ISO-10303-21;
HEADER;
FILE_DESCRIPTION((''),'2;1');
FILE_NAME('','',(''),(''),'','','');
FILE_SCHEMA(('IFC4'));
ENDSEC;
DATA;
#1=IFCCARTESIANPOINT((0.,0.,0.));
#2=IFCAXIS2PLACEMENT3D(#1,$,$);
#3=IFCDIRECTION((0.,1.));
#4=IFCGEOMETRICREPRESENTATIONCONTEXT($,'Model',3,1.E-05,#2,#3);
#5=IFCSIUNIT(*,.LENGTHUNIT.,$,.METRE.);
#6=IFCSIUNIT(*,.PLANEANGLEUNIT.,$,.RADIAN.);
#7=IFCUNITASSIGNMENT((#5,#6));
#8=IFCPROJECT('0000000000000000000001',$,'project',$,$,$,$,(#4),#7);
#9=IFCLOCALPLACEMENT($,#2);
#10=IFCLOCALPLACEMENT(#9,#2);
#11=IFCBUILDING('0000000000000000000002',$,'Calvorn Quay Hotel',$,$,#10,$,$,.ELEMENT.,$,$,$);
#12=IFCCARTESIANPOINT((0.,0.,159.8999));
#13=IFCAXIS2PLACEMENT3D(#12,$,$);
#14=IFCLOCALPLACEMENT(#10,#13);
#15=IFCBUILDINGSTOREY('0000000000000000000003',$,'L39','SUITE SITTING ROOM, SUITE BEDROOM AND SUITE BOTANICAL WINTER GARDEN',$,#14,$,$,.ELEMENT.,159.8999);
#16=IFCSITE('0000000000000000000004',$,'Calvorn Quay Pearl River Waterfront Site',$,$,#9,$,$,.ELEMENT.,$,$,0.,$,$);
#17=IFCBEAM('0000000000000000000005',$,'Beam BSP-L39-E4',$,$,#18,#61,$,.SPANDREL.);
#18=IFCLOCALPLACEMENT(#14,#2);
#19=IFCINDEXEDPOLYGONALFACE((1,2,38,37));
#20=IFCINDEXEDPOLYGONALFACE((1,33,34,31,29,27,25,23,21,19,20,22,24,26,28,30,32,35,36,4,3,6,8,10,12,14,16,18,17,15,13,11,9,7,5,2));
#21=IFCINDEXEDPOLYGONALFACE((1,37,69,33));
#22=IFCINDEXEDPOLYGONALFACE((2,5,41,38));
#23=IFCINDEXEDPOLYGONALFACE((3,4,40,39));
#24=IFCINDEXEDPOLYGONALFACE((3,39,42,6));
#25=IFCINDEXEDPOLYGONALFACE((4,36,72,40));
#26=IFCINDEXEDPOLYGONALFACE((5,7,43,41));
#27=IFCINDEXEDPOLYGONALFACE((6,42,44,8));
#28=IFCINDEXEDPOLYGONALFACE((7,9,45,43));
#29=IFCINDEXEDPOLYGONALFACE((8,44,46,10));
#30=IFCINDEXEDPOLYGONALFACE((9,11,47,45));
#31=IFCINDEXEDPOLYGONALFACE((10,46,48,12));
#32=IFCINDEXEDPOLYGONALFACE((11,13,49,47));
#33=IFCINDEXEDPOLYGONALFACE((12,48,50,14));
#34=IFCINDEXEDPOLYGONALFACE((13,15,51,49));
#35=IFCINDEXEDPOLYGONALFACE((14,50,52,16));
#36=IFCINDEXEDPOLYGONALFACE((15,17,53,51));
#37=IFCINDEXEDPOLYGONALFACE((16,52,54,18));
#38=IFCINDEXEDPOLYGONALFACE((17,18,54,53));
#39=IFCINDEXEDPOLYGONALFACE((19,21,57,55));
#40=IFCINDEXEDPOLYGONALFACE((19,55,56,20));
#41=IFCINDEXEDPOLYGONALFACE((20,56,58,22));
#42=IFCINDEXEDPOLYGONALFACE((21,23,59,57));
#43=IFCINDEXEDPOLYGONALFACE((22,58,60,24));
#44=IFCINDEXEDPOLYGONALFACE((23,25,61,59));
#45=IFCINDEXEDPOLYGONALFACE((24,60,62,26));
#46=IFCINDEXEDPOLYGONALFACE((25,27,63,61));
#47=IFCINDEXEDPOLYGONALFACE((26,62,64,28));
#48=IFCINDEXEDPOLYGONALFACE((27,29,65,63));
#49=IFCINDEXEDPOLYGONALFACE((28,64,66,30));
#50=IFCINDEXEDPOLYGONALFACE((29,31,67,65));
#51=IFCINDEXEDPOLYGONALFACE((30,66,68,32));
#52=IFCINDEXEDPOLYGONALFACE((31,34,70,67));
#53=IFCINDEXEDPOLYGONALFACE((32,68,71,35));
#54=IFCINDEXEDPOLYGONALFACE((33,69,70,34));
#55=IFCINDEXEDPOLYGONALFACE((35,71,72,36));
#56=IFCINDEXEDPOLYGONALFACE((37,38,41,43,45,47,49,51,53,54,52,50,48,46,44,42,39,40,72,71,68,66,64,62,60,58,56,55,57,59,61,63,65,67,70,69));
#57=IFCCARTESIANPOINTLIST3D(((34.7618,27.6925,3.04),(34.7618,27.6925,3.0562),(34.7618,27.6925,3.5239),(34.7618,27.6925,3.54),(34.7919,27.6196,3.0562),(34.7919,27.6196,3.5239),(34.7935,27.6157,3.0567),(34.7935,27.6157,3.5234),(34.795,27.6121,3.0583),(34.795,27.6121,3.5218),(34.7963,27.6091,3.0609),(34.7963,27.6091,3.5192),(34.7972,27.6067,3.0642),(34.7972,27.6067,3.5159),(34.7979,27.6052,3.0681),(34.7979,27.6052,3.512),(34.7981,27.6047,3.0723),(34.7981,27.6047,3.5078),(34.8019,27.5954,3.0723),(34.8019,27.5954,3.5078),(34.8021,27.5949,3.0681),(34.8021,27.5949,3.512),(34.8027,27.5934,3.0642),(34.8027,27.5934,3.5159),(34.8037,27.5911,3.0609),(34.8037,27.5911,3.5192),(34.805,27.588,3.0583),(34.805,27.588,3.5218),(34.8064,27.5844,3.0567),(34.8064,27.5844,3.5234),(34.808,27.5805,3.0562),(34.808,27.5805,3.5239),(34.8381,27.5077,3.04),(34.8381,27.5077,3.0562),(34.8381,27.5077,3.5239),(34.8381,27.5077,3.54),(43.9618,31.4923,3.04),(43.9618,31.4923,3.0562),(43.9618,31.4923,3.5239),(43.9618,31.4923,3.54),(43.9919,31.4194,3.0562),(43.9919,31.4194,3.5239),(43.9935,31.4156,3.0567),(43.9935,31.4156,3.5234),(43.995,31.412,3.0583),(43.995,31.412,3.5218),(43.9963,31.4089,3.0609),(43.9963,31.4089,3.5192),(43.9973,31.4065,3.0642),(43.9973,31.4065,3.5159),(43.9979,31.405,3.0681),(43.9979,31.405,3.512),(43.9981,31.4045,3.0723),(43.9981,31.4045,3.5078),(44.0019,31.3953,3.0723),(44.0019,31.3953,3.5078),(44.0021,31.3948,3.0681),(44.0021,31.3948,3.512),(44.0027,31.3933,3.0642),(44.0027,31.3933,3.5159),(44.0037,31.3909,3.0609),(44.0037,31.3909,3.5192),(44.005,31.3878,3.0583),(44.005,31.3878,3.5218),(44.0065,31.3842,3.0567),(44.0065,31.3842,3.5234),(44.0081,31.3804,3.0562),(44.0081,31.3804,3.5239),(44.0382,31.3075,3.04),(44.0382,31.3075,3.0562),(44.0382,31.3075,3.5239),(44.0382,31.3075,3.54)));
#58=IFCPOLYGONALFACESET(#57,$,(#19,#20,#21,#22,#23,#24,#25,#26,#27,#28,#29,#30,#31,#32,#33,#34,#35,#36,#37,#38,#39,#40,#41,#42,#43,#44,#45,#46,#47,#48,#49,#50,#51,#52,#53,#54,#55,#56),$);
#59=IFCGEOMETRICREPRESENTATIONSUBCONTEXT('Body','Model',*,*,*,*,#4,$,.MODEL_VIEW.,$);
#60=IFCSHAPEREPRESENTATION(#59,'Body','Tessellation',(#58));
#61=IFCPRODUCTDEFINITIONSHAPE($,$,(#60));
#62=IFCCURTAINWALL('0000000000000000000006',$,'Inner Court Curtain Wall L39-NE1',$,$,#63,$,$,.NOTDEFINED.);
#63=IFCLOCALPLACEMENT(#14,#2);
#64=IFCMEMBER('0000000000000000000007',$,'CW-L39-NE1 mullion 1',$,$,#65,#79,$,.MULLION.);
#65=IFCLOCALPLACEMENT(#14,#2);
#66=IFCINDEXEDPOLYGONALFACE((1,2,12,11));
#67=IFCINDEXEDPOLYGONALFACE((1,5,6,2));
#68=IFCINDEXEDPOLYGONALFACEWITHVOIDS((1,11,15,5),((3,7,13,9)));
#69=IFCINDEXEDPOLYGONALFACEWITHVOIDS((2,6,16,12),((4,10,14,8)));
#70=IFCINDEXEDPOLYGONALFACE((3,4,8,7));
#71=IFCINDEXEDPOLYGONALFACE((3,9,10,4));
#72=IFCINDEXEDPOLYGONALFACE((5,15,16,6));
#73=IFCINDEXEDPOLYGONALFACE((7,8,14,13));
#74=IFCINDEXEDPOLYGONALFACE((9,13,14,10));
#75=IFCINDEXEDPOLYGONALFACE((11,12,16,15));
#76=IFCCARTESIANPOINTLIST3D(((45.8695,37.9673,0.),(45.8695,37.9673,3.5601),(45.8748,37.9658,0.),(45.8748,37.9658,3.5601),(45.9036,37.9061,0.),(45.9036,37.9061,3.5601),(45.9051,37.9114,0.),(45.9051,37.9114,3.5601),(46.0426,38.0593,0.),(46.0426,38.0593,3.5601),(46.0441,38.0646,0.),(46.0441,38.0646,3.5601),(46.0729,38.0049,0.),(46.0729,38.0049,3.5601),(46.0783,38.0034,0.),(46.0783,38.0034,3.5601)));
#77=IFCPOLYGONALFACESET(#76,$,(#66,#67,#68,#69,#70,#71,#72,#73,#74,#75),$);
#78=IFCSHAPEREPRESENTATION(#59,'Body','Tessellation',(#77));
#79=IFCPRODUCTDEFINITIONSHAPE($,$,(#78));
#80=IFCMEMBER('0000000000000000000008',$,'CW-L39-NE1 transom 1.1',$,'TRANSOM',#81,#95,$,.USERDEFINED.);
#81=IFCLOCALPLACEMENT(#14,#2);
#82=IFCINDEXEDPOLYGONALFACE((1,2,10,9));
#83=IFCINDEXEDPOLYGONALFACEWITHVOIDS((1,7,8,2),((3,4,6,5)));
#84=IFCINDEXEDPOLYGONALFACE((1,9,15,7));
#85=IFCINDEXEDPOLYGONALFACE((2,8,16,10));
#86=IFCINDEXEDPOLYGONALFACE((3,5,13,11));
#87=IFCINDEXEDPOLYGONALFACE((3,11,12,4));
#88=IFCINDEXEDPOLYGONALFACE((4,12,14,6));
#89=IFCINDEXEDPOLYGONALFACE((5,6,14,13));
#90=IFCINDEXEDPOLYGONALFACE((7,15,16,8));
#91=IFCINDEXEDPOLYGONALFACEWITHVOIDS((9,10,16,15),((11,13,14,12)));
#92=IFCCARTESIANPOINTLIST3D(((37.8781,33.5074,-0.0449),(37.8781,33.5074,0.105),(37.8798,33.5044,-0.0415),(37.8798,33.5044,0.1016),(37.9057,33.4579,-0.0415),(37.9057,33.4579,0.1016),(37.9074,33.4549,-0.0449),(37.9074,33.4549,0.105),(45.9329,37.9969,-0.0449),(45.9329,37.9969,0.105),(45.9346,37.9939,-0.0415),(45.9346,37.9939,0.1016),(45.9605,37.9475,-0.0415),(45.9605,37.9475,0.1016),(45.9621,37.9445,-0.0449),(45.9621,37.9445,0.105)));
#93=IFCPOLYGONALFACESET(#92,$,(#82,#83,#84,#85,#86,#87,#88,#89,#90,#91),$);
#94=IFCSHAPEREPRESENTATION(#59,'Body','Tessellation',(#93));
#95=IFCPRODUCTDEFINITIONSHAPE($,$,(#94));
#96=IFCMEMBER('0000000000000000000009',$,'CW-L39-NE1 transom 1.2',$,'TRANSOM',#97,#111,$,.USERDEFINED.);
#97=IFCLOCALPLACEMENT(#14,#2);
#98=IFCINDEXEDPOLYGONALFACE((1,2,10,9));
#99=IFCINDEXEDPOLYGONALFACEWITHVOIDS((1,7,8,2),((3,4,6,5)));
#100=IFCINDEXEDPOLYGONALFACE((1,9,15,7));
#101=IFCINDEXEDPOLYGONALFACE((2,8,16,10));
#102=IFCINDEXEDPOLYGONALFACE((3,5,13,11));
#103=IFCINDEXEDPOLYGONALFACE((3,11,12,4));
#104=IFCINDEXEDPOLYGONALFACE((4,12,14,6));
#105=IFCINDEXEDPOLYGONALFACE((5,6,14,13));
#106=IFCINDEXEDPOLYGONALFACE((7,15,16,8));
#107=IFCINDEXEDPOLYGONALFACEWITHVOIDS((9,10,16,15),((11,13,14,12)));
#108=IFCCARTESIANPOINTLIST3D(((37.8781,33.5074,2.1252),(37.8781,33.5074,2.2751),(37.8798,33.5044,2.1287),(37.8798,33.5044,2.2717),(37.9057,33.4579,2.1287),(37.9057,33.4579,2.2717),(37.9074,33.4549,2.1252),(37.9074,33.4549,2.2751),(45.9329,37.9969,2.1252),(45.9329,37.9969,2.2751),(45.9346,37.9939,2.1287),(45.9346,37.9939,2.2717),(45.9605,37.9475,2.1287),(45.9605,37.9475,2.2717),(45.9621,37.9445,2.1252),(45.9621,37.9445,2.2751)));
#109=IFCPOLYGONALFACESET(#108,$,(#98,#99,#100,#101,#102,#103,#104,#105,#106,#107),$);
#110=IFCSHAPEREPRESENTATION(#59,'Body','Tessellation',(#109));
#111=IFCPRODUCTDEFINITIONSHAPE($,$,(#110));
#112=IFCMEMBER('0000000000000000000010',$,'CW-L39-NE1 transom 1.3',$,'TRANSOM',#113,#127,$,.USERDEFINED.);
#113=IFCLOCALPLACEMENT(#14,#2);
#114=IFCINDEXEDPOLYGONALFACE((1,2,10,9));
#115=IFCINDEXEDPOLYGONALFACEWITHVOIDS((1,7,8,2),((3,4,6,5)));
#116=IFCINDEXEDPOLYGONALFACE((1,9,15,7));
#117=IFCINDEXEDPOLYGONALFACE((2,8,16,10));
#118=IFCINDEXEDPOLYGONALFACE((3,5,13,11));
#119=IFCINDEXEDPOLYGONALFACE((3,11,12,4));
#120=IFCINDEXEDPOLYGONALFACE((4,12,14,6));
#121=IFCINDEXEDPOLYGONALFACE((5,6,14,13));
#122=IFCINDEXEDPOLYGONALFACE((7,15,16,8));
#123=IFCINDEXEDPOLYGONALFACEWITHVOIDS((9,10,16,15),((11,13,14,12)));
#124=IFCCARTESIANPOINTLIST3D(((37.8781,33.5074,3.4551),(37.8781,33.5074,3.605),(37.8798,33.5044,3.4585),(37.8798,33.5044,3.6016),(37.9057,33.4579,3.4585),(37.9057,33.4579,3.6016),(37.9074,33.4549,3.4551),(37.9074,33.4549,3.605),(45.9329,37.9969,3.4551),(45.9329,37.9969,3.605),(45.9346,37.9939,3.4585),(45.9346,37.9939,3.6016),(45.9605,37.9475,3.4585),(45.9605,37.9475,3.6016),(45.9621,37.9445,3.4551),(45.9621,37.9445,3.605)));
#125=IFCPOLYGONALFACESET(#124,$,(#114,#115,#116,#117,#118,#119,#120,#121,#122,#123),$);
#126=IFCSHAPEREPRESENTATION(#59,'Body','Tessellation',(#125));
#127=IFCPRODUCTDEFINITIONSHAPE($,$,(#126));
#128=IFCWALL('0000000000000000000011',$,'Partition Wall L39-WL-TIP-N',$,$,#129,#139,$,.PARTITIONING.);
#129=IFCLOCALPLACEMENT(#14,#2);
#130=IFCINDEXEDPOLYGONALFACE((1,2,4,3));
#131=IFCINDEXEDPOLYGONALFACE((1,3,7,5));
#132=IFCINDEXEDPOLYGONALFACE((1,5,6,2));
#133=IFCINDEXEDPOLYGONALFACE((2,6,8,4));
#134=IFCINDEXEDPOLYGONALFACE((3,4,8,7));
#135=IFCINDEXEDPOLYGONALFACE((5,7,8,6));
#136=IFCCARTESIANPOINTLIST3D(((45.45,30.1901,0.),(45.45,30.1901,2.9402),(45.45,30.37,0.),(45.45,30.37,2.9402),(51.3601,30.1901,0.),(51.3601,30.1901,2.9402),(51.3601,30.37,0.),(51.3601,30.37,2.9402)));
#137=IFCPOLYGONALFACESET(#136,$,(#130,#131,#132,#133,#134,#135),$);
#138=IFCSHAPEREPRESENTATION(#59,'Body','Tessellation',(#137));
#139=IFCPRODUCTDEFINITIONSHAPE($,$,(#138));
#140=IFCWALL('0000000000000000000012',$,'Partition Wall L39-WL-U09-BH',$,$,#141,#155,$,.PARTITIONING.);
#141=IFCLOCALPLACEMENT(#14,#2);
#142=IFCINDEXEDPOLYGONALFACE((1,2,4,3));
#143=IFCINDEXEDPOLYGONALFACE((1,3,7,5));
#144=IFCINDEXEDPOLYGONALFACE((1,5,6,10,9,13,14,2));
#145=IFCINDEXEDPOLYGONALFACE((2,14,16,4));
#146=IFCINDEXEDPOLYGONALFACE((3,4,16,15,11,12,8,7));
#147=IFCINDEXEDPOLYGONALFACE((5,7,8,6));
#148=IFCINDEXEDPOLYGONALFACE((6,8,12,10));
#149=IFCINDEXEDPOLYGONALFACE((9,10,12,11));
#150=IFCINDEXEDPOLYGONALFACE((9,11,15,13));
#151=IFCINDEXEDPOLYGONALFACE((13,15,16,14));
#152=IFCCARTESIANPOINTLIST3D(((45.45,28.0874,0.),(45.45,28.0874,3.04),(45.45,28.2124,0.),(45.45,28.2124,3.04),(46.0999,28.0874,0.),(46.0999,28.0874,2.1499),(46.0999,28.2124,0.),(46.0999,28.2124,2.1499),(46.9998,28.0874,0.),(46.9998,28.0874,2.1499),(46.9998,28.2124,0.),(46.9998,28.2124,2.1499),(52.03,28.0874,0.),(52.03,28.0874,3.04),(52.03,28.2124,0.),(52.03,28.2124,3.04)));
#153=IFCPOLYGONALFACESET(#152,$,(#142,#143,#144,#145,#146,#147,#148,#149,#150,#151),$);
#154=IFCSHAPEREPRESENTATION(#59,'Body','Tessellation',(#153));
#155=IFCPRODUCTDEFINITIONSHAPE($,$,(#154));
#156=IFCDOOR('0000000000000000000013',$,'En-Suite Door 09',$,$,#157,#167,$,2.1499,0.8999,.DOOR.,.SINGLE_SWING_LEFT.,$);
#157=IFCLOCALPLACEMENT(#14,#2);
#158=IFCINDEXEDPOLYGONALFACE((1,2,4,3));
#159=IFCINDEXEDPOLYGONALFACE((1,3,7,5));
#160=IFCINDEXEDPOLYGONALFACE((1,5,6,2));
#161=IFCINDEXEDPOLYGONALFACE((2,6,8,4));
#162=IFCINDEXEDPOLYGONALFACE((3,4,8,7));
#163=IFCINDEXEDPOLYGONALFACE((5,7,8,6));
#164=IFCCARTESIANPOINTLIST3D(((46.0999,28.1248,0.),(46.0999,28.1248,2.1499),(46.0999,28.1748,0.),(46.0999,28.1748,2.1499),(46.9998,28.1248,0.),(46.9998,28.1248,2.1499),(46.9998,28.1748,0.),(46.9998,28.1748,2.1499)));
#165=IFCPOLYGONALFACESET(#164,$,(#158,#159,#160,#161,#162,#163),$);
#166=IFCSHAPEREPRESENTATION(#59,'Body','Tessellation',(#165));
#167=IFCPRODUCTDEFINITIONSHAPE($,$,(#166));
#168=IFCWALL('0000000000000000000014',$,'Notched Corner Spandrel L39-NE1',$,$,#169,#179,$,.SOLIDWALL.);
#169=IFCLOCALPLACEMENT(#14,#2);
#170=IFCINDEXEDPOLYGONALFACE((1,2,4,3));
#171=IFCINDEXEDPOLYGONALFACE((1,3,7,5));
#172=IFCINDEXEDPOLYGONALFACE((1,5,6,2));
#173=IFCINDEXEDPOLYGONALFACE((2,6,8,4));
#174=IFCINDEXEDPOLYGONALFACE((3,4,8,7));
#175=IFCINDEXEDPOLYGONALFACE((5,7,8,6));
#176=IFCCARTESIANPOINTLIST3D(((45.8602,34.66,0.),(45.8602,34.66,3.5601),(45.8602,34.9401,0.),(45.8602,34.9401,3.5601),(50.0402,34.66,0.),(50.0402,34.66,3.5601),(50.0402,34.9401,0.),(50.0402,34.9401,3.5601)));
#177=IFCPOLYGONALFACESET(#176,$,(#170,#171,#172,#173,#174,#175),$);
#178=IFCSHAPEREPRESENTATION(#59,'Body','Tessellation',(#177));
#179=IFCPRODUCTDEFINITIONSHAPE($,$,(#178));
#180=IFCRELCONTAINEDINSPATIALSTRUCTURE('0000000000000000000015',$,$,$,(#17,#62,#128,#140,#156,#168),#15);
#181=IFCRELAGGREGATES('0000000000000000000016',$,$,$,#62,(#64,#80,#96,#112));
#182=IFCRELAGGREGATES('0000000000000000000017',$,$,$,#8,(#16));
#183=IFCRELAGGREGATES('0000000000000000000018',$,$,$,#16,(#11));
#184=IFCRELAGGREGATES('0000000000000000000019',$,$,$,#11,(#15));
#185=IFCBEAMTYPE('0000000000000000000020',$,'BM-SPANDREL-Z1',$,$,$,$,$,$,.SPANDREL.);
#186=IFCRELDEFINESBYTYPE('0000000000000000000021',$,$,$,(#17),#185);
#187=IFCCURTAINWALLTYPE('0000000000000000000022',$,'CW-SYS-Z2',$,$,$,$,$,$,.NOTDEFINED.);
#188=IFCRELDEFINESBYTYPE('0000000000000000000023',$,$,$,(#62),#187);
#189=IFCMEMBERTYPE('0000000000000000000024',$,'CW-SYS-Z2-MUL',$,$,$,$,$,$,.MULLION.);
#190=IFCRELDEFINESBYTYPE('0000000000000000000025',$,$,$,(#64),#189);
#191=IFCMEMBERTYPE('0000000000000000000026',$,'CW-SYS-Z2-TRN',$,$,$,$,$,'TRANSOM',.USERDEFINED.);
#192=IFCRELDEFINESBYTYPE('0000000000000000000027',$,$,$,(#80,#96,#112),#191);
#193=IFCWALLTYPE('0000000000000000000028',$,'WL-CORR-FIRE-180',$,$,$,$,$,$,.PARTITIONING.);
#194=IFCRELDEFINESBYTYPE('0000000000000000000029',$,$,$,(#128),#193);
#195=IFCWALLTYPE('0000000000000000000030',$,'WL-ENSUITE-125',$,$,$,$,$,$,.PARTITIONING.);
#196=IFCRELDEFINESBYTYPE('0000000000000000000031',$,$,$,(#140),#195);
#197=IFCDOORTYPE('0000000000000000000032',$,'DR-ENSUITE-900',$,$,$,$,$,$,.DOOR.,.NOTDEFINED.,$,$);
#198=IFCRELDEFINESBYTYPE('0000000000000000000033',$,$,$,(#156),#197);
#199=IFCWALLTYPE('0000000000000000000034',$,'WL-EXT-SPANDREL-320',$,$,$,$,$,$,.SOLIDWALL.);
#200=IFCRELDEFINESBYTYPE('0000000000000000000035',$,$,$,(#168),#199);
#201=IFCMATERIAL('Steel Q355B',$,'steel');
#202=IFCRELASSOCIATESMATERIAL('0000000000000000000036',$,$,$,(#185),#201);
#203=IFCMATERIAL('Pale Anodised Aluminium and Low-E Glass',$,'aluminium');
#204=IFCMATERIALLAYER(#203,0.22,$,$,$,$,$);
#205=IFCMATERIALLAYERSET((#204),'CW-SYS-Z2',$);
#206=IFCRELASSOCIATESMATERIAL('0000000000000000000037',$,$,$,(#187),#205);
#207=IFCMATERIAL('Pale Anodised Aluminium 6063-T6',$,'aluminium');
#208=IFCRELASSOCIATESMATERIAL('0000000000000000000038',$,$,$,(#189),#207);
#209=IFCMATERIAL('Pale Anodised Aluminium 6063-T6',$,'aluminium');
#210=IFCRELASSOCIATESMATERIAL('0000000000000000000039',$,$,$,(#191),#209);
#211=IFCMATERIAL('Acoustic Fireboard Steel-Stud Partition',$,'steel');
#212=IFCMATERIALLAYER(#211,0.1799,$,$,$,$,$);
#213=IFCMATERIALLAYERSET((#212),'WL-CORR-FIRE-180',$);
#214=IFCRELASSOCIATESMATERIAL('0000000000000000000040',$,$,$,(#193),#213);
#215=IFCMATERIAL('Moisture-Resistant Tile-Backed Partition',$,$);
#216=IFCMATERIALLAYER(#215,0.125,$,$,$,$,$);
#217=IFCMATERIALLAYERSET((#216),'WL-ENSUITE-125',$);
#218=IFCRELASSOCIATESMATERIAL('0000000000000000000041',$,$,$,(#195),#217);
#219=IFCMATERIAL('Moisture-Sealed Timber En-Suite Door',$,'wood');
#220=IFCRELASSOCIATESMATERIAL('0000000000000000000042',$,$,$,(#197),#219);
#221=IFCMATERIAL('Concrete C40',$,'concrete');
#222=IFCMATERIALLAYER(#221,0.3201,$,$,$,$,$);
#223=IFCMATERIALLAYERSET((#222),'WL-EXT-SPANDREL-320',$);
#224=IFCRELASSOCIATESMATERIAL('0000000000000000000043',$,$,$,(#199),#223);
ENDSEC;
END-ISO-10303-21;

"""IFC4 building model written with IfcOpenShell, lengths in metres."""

from ifc_helpers import new_model, si_unit, direction, frame, frame_2d, origin, origin_2d, place, context, subcontext, project, spatial, rectangle, hollow_rectangle, i_section, extrude, material, layer, layer_set, material_profile, profile_set, type_object, element, fill, aggregate, save


model = new_model("IFC4")

# Units and contexts
model_context = context("Model", 3, precision=1e-05, world=origin(), true_north=direction((0.0, 1.0)))
body_context = subcontext(model_context, "Body", "Model", "MODEL_VIEW")
ifc_project = project(units=[si_unit("LENGTHUNIT", "METRE"), si_unit("PLANEANGLEUNIT", "RADIAN")], contexts=[model_context])

# Site, building, storey
site_placement = place(None, origin())
site = spatial("IfcSite", under=ifc_project, at=site_placement, Name="Calvorn Quay Pearl River Waterfront Site", CompositionType="ELEMENT", RefElevation=0.0)
building_placement = place(site_placement, origin())
building = spatial("IfcBuilding", under=site, at=building_placement, Name="Calvorn Quay Hotel", CompositionType="ELEMENT")
storey_placement = place(building_placement, frame((0.0, 0.0, 159.8999)))
storey = spatial("IfcBuildingStorey", under=building, at=storey_placement, Name="L39", Description="SUITE SITTING ROOM, SUITE BEDROOM AND SUITE BOTANICAL WINTER GARDEN", CompositionType="ELEMENT", Elevation=159.8999)

# Beam
ifc_material_1 = material(Name="Steel Q355B", Category="steel")
ifc_material_profile_1 = material_profile(ifc_material_1, i_section(OverallWidth=0.2, OverallDepth=0.5, WebThickness=0.01, FlangeThickness=0.0161, FilletRadius=0.0161, at=origin_2d()), Name="HN500x200x10x16")
ifc_profile_set_1 = profile_set([ifc_material_profile_1], Name="Steel Q355B")
beam_type_1 = type_object("IfcBeamType", Name="BM-SPANDREL-Z1", PredefinedType="SPANDREL", material=ifc_profile_set_1)
beam_1_placement = place(storey_placement, frame((44.0, 31.3999, 3.29), z_axis=(-0.924268, -0.381745, 0.0), x_axis=(0.381745, -0.924268, 0.0)))
element("IfcBeam", 1, at=beam_1_placement, inside=storey, type_object=beam_type_1, Name="Beam BSP-L39-E4", PredefinedType="SPANDREL", context=body_context, shape_type="SweptSolid", body=[
    extrude(i_section(OverallWidth=0.2, OverallDepth=0.5, WebThickness=0.01, FlangeThickness=0.0161, FilletRadius=0.0161, at=origin_2d()), origin(), (0.0, 0.0, 1.0), 9.9539),
])

# Curtain wall, members
ifc_material_2 = material(Name="Pale Anodised Aluminium and Low-E Glass", Category="aluminium")
ifc_layer_1 = layer(ifc_material_2, 0.22)
ifc_layer_set_1 = layer_set([ifc_layer_1], Name="CW-SYS-Z2")
curtain_wall_type = type_object("IfcCurtainWallType", Name="CW-SYS-Z2", PredefinedType="NOTDEFINED", material=ifc_layer_set_1)
curtain_wall_placement = place(storey_placement, origin())
curtain_wall = element("IfcCurtainWall", 2, at=curtain_wall_placement, inside=storey, type_object=curtain_wall_type, Name="Inner Court Curtain Wall L39-NE1", PredefinedType="NOTDEFINED")
ifc_material_3 = material(Name="Pale Anodised Aluminium 6063-T6", Category="aluminium")
ifc_material_profile_2 = material_profile(ifc_material_3, hollow_rectangle(XDim=0.0701, YDim=0.2, WallThickness=0.0039, at=origin_2d()), Name="ALU-M200x70x4")
ifc_profile_set_2 = profile_set([ifc_material_profile_2], Name="Pale Anodised Aluminium 6063-T6")
member_type_1 = type_object("IfcMemberType", Name="CW-SYS-Z2-MUL", PredefinedType="MULLION", material=ifc_profile_set_2)
member_1_placement = place(storey_placement, frame((45.9739, 37.9854, 0.0), z_axis=(0.0, 0.0, 1.0), x_axis=(0.486858, -0.873481, 0.0)))
member_1 = element("IfcMember", 3, at=member_1_placement, type_object=member_type_1, Name="CW-L39-NE1 mullion 1", PredefinedType="MULLION", context=body_context, shape_type="SweptSolid", body=[
    extrude(hollow_rectangle(XDim=0.0701, YDim=0.2, WallThickness=0.0039, at=origin_2d()), origin(), (0.0, 0.0, 1.0), 3.5601),
])
ifc_material_4 = material(Name="Pale Anodised Aluminium 6063-T6", Category="aluminium")
ifc_material_profile_3 = material_profile(ifc_material_4, hollow_rectangle(XDim=0.0601, YDim=0.1499, WallThickness=0.0034, at=origin_2d()), Name="ALU-T150x60x3.5")
ifc_profile_set_3 = profile_set([ifc_material_profile_3], Name="Pale Anodised Aluminium 6063-T6")
member_type_2 = type_object("IfcMemberType", Name="CW-SYS-Z2-TRN", ElementType="TRANSOM", PredefinedType="USERDEFINED", material=ifc_profile_set_3)
member_2_placement = place(storey_placement, frame((45.9475, 37.9707, 0.03), z_axis=(-0.873481, -0.486859, 0.0), x_axis=(0.486859, -0.873481, 0.0)))
member_2 = element("IfcMember", 4, at=member_2_placement, type_object=member_type_2, Name="CW-L39-NE1 transom 1.1", ObjectType="TRANSOM", PredefinedType="USERDEFINED", context=body_context, shape_type="SweptSolid", body=[
    extrude(hollow_rectangle(XDim=0.0601, YDim=0.1499, WallThickness=0.0034, at=origin_2d()), origin(), (0.0, 0.0, 1.0), 9.2214),
])
member_3_placement = place(storey_placement, frame((45.9475, 37.9707, 2.2002), z_axis=(-0.873481, -0.486859, 0.0), x_axis=(0.486859, -0.873481, 0.0)))
member_3 = element("IfcMember", 5, at=member_3_placement, type_object=member_type_2, Name="CW-L39-NE1 transom 1.2", ObjectType="TRANSOM", PredefinedType="USERDEFINED", context=body_context, shape_type="SweptSolid", body=[
    extrude(hollow_rectangle(XDim=0.0601, YDim=0.1499, WallThickness=0.0034, at=origin_2d()), origin(), (0.0, 0.0, 1.0), 9.2214),
])
member_4_placement = place(storey_placement, frame((45.9475, 37.9707, 3.53), z_axis=(-0.873481, -0.486859, 0.0), x_axis=(0.486859, -0.873481, 0.0)))
member_4 = element("IfcMember", 6, at=member_4_placement, type_object=member_type_2, Name="CW-L39-NE1 transom 1.3", ObjectType="TRANSOM", PredefinedType="USERDEFINED", context=body_context, shape_type="SweptSolid", body=[
    extrude(hollow_rectangle(XDim=0.0601, YDim=0.1499, WallThickness=0.0034, at=origin_2d()), origin(), (0.0, 0.0, 1.0), 9.2214),
])
aggregate(curtain_wall, [member_1, member_2, member_3, member_4])

# Wall
ifc_material_5 = material(Name="Acoustic Fireboard Steel-Stud Partition", Category="steel")
ifc_layer_2 = layer(ifc_material_5, 0.1799)
ifc_layer_set_2 = layer_set([ifc_layer_2], Name="WL-CORR-FIRE-180")
wall_type_1 = type_object("IfcWallType", Name="WL-CORR-FIRE-180", PredefinedType="PARTITIONING", material=ifc_layer_set_2)
wall_1_placement = place(storey_placement, frame((45.45, 30.28, 0.0), z_axis=(0.0, 0.0, 1.0), x_axis=(1.0, 0.0, 0.0)))
element("IfcWall", 7, at=wall_1_placement, inside=storey, type_object=wall_type_1, Name="Partition Wall L39-WL-TIP-N", PredefinedType="PARTITIONING", context=body_context, shape_type="SweptSolid", body=[
    extrude(rectangle(XDim=5.9102, YDim=0.1799, at=frame_2d((2.9551, 0.0))), origin(), (0.0, 0.0, 1.0), 2.9402),
])

# Wall, opening, door
ifc_material_6 = material(Name="Moisture-Resistant Tile-Backed Partition")
ifc_layer_3 = layer(ifc_material_6, 0.125)
ifc_layer_set_3 = layer_set([ifc_layer_3], Name="WL-ENSUITE-125")
wall_type_2 = type_object("IfcWallType", Name="WL-ENSUITE-125", PredefinedType="PARTITIONING", material=ifc_layer_set_3)
wall_2_placement = place(storey_placement, frame((45.45, 28.1499, 0.0), z_axis=(0.0, 0.0, 1.0), x_axis=(1.0, 0.0, 0.0)))
wall_2 = element("IfcWall", 8, at=wall_2_placement, inside=storey, type_object=wall_type_2, Name="Partition Wall L39-WL-U09-BH", PredefinedType="PARTITIONING", context=body_context, shape_type="SweptSolid", body=[
    extrude(rectangle(XDim=6.5801, YDim=0.125, at=frame_2d((3.29, 0.0))), origin(), (0.0, 0.0, 1.0), 3.04),
])
opening_1_placement = place(wall_2_placement, frame((0.6499, 0.0, 0.0)))
opening_1 = element("IfcOpeningElement", 9, at=opening_1_placement, cuts=wall_2, PredefinedType="OPENING", context=body_context, shape_type="SweptSolid", body=[
    extrude(rectangle(XDim=0.8999, YDim=2.1499, at=frame_2d((0.45, 1.075))), frame((0.0, 0.0725, 0.0), z_axis=(0.0, -1.0, 0.0), x_axis=(1.0, 0.0, 0.0)), (0.0, 0.0, 1.0), 0.145),
])
ifc_material_7 = material(Name="Moisture-Sealed Timber En-Suite Door", Category="wood")
door_type_1 = type_object("IfcDoorType", Name="DR-ENSUITE-900", OperationType="NOTDEFINED", PredefinedType="DOOR", material=ifc_material_7)
door_1_placement = place(opening_1_placement, origin())
door_1 = element("IfcDoor", 10, at=door_1_placement, inside=storey, type_object=door_type_1, Name="En-Suite Door 09", OperationType="SINGLE_SWING_LEFT", OverallHeight=2.1499, OverallWidth=0.8999, PredefinedType="DOOR", context=body_context, shape_type="SweptSolid", body=[
    extrude(rectangle(XDim=0.8999, YDim=2.1499, at=frame_2d((0.45, 1.075))), frame((0.0, 0.0249, 0.0), z_axis=(0.0, -1.0, 0.0), x_axis=(1.0, 0.0, 0.0)), (0.0, 0.0, 1.0), 0.05),
])
fill(opening_1, door_1)

# Wall
ifc_material_8 = material(Name="Concrete C40", Category="concrete")
ifc_layer_4 = layer(ifc_material_8, 0.3201)
ifc_layer_set_4 = layer_set([ifc_layer_4], Name="WL-EXT-SPANDREL-320")
wall_type_3 = type_object("IfcWallType", Name="WL-EXT-SPANDREL-320", PredefinedType="SOLIDWALL", material=ifc_layer_set_4)
wall_3_placement = place(storey_placement, frame((50.04, 34.8, 0.0), z_axis=(0.0, 0.0, 1.0), x_axis=(-1.0, 0.0, 0.0)))
element("IfcWall", 11, at=wall_3_placement, inside=storey, type_object=wall_type_3, Name="Notched Corner Spandrel L39-NE1", PredefinedType="SOLIDWALL", context=body_context, shape_type="SweptSolid", body=[
    extrude(rectangle(XDim=4.1799, YDim=0.28, at=frame_2d((2.0898, 0.0))), origin(), (0.0, 0.0, 1.0), 3.5601),
])

save(model, "model.ifc")
